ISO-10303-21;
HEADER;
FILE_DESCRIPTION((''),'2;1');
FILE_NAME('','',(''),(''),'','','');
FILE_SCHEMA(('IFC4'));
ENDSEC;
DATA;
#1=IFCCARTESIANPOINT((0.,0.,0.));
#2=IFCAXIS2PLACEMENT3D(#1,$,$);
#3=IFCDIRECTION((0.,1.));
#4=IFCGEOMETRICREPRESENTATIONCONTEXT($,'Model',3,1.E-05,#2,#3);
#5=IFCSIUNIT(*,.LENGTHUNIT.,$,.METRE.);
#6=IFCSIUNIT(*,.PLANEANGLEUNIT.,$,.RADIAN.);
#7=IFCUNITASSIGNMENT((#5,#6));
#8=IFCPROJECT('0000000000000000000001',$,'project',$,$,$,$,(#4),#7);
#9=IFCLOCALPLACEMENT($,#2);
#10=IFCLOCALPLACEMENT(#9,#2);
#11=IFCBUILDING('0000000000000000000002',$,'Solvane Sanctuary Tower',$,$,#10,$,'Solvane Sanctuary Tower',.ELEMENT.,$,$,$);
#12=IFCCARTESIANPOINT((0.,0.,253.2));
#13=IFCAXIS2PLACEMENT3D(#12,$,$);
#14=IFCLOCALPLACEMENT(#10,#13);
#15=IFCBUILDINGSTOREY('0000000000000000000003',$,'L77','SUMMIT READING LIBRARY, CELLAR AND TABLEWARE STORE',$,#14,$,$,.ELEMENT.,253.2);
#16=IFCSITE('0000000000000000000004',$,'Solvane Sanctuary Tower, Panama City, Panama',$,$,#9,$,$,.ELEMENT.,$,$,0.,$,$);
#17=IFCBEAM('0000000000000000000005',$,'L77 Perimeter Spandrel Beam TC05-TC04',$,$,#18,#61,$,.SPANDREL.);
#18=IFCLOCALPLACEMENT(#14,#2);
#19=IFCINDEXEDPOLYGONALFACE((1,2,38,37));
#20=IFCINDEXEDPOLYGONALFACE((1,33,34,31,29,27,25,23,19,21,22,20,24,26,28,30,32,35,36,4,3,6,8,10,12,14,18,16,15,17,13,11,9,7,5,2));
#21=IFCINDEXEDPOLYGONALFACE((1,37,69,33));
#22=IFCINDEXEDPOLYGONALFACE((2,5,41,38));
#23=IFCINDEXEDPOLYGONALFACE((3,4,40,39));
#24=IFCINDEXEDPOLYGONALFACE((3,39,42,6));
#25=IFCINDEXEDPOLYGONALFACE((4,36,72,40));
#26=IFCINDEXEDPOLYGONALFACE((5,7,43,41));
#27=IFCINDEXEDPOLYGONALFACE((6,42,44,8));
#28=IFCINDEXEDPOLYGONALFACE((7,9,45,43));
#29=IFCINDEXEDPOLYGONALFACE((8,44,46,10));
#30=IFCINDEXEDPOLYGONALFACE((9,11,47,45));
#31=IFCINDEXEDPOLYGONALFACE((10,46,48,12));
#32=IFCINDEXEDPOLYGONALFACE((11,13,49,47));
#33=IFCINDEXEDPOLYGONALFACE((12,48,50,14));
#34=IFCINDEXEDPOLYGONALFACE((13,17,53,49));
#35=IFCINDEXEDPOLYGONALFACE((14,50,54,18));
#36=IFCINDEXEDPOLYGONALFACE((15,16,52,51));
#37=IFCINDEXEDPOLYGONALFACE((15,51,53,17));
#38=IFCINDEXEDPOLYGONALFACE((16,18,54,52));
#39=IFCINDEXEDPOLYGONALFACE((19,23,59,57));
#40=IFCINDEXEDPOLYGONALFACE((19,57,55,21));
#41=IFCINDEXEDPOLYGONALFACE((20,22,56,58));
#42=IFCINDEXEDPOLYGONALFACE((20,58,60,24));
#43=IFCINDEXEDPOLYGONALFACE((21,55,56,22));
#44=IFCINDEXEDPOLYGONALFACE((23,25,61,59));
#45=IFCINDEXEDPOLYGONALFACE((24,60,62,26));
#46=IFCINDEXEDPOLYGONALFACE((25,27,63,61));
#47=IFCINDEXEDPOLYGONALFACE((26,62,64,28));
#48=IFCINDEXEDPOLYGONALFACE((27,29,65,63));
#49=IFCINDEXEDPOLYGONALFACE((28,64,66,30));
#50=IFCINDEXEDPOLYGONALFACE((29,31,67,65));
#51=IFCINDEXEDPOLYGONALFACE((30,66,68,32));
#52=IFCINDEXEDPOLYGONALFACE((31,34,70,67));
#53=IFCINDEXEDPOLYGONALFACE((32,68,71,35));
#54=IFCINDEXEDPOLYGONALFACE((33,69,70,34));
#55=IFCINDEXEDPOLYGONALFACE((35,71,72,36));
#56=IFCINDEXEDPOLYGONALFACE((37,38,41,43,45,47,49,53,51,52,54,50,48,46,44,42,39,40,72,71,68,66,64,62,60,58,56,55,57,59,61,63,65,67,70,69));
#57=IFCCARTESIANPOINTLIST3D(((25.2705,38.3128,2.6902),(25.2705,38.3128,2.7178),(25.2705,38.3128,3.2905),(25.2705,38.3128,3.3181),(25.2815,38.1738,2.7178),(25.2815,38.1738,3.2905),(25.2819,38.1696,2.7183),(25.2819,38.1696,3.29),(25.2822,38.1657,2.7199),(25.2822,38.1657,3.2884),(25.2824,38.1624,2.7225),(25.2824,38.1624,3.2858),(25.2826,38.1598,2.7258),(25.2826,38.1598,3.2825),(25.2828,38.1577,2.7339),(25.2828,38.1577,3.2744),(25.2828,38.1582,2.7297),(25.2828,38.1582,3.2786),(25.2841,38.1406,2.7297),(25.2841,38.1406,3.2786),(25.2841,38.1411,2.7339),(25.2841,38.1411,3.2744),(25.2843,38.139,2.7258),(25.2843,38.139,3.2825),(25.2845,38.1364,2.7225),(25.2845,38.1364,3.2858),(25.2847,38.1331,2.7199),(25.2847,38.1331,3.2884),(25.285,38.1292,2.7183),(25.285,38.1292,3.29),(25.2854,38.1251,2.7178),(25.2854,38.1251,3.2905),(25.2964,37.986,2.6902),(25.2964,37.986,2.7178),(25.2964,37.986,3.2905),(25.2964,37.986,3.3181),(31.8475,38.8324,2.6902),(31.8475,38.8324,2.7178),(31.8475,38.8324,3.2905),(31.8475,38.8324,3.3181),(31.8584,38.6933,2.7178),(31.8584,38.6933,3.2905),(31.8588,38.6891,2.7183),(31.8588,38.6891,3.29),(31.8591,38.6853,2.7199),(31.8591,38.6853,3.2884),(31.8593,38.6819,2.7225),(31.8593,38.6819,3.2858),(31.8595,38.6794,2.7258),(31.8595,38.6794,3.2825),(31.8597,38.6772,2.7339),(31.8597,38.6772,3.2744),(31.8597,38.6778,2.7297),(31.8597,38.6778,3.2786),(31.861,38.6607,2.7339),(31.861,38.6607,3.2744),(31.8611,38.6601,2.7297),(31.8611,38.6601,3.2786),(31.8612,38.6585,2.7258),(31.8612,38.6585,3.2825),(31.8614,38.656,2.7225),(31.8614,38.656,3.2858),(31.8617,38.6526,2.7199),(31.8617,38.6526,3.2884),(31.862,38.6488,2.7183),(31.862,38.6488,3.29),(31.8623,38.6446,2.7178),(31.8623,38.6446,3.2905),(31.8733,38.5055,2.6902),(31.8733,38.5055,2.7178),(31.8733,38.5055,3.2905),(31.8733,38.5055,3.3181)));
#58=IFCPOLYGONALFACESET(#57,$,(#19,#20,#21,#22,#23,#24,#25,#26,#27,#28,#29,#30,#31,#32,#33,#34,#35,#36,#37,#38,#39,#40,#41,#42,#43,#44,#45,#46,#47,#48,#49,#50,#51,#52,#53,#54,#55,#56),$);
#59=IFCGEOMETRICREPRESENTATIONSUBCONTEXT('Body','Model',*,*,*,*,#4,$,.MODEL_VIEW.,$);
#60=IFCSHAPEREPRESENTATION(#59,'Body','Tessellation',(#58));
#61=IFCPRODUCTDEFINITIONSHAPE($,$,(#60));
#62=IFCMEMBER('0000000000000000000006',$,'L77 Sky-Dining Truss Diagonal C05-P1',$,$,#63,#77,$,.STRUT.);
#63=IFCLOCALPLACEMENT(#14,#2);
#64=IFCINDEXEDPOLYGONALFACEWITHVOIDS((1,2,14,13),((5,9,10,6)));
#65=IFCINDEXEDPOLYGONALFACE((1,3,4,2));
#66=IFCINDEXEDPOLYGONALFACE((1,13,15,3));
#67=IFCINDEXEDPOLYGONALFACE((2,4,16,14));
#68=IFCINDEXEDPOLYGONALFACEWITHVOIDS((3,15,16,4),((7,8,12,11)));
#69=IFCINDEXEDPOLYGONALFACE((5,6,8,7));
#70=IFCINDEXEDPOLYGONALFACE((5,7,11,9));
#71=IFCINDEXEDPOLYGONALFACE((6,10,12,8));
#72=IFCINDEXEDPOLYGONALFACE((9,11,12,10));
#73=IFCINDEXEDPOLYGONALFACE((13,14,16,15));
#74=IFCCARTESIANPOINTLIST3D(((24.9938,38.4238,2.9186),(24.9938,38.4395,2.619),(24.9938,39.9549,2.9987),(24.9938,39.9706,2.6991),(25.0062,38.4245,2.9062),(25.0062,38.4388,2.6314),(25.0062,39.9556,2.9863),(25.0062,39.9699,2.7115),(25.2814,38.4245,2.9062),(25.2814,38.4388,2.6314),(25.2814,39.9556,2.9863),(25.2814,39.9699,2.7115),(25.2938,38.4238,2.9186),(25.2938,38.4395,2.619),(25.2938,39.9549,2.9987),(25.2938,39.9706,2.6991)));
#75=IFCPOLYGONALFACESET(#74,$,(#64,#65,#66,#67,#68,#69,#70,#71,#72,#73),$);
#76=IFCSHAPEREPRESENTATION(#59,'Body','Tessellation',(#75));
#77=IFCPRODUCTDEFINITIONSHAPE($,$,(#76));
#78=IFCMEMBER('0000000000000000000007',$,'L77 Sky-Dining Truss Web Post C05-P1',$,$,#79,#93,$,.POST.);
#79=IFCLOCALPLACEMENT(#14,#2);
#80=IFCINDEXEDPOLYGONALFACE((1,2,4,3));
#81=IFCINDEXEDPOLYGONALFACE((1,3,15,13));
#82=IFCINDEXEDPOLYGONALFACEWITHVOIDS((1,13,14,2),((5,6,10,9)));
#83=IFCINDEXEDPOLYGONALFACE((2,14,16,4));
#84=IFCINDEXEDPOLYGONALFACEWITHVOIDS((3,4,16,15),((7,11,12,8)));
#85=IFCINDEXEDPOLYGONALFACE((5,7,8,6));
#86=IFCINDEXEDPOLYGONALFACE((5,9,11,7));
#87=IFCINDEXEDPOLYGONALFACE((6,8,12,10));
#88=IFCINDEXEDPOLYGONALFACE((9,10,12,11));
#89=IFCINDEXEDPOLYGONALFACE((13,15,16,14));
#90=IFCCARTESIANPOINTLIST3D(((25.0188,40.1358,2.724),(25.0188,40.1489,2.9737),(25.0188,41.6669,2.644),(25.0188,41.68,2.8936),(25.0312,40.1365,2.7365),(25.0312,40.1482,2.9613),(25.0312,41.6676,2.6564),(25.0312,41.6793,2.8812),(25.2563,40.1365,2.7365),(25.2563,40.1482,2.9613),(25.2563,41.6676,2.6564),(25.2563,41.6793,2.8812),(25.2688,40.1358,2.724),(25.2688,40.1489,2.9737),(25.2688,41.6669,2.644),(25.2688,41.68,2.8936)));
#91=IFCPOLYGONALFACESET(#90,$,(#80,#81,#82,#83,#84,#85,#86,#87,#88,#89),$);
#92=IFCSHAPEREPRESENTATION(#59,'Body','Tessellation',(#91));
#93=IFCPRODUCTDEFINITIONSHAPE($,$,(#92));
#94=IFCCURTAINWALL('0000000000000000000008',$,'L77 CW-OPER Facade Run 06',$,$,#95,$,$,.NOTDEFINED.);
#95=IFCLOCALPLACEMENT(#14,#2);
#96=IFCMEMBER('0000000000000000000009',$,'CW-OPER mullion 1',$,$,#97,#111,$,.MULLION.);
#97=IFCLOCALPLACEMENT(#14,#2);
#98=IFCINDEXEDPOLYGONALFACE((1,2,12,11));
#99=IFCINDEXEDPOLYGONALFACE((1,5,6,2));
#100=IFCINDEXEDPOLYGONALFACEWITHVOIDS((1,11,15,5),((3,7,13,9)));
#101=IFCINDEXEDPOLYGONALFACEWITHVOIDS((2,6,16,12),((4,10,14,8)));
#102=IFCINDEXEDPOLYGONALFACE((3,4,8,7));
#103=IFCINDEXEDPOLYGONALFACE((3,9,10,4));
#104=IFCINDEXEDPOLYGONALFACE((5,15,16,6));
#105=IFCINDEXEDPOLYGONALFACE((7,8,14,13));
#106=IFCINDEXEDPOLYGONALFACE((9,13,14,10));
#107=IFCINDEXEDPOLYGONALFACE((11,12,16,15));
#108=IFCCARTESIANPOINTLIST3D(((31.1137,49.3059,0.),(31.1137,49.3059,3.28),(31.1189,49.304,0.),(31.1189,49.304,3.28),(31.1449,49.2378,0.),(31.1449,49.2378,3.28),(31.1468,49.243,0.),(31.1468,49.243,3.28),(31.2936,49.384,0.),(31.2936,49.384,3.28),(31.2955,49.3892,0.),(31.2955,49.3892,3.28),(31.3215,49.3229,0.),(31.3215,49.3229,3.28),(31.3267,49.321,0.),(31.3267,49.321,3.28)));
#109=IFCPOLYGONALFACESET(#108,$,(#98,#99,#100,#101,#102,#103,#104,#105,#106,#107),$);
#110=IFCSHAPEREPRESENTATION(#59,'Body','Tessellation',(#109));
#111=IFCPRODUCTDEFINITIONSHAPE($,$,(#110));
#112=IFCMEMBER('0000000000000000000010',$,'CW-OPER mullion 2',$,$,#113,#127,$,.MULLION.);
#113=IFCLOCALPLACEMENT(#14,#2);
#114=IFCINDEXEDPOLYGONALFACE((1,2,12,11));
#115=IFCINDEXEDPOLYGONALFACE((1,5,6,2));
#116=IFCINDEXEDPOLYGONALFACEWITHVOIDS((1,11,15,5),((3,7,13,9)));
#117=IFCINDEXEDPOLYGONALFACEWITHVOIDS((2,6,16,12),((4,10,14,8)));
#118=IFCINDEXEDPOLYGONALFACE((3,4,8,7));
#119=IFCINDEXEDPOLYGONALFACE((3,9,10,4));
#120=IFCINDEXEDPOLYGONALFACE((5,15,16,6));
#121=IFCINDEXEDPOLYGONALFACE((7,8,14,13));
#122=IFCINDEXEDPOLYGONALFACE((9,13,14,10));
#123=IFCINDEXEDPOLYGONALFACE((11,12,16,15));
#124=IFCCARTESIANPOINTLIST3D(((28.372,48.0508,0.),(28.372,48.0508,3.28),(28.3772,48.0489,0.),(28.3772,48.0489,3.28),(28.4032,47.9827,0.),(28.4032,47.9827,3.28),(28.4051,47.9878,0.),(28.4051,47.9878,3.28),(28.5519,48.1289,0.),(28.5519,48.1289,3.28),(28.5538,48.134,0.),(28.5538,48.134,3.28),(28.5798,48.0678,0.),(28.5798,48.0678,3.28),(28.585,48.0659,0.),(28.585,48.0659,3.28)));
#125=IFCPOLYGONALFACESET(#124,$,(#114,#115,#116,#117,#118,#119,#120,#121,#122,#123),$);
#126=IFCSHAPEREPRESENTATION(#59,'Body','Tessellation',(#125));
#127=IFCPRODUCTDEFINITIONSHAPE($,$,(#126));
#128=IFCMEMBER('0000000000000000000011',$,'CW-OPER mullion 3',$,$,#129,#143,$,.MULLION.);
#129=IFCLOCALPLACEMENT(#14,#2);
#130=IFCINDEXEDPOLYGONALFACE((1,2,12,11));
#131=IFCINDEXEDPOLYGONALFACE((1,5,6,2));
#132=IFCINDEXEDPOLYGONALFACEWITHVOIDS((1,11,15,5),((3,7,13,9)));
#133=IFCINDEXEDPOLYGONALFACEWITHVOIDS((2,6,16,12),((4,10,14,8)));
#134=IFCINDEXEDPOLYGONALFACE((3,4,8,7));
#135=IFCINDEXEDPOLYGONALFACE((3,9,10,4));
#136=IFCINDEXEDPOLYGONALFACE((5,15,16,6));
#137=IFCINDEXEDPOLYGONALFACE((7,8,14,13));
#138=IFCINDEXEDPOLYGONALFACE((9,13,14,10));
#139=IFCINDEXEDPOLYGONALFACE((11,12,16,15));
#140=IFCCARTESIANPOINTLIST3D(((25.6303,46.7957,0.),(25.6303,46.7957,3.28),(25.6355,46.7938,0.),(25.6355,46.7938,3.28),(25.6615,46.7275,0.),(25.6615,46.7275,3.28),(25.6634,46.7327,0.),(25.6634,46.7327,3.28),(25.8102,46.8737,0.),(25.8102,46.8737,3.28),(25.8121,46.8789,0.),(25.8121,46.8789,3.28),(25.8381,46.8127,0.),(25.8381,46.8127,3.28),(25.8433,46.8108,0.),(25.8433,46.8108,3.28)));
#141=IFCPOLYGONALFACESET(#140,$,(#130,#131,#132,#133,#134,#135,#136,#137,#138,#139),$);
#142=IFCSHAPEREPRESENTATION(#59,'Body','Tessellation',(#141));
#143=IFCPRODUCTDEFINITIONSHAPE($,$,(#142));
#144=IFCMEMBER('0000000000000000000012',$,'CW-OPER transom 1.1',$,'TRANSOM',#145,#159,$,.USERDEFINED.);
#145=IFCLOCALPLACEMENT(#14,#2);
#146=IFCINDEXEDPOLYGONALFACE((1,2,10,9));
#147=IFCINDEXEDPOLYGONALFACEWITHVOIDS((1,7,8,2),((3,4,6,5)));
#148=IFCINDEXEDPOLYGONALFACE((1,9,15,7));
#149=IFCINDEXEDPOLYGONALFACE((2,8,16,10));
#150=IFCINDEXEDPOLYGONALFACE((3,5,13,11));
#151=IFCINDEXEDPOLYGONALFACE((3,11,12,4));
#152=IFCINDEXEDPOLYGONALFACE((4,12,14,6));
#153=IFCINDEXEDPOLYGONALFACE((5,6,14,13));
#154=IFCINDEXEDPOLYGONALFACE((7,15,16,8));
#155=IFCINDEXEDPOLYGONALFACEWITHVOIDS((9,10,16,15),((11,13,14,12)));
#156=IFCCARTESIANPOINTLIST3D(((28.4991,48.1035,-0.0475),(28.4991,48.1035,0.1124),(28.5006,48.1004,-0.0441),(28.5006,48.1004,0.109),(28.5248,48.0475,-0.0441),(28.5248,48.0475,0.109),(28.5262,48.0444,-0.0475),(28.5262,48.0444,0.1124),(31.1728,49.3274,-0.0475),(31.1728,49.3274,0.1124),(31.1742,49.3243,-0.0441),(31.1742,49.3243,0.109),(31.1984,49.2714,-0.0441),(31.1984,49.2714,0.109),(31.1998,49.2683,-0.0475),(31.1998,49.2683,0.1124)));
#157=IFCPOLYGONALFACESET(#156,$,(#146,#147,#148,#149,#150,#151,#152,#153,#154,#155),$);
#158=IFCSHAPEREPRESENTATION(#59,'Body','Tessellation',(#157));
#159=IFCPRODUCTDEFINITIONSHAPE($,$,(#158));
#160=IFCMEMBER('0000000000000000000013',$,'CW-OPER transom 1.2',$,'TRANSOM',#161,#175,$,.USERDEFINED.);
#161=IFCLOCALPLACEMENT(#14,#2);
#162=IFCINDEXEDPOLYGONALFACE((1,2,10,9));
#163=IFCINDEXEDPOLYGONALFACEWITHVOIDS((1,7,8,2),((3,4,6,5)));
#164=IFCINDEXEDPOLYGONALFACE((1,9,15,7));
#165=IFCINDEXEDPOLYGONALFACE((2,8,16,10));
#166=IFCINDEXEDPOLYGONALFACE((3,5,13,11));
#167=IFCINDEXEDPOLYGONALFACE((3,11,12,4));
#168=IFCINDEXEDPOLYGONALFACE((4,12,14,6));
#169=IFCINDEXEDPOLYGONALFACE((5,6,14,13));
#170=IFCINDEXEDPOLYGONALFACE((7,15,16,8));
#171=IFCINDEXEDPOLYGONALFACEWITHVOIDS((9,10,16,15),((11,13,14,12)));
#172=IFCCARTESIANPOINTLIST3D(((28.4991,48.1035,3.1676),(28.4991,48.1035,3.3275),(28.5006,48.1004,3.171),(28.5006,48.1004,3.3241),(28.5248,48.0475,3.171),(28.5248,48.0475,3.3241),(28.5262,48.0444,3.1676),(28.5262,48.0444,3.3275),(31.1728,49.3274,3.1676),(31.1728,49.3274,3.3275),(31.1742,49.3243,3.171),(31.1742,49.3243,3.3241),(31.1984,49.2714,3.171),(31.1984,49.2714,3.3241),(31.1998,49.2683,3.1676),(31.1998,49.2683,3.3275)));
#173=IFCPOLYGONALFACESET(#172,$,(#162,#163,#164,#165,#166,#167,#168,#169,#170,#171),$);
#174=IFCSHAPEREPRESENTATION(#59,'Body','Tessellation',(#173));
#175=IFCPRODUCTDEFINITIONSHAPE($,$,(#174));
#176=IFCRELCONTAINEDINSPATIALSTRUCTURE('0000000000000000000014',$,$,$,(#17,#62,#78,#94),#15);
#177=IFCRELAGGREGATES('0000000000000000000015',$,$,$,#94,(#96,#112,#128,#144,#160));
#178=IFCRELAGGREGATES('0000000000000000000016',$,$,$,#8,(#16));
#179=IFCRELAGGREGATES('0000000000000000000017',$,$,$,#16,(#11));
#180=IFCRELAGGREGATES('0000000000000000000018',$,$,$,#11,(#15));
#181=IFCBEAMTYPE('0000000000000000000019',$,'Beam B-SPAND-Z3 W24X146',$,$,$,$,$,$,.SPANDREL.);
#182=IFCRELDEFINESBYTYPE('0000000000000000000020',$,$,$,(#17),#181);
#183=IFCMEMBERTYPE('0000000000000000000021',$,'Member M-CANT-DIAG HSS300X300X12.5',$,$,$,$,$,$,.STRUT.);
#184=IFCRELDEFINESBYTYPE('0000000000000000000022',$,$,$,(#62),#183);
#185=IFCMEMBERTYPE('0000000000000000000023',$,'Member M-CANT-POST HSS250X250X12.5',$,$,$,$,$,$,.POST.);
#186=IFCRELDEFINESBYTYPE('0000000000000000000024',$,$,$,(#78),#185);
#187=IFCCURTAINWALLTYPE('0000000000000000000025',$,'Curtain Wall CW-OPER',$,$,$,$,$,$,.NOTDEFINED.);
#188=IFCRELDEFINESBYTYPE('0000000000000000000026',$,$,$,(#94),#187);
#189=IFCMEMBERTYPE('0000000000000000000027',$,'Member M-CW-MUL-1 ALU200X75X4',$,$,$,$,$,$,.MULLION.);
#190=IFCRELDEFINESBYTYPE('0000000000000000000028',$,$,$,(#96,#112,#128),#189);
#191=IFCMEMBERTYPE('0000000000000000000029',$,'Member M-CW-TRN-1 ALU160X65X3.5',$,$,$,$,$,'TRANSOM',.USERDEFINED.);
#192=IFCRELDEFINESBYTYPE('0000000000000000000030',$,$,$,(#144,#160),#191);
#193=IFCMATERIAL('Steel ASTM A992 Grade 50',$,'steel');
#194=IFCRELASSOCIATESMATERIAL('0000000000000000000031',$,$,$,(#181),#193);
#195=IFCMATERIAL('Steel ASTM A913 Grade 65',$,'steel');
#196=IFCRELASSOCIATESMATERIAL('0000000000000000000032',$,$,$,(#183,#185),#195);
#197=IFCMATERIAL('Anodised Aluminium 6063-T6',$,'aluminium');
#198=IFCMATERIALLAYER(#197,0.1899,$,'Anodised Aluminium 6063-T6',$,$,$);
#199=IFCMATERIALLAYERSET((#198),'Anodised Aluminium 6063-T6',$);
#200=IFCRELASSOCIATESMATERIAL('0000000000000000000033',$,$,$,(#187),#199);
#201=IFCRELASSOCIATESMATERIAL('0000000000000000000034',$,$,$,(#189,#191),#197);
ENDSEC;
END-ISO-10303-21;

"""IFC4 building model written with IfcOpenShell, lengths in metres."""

from ifc_helpers import new_model, si_unit, direction, frame, origin, origin_2d, place, context, subcontext, project, spatial, hollow_rectangle, i_section, extrude, material, layer, layer_set, material_profile, profile_set, type_object, element, aggregate, save


model = new_model("IFC4")

# Units and contexts
model_context = context("Model", 3, precision=1e-05, world=origin(), true_north=direction((0.0, 1.0)))
body_context = subcontext(model_context, "Body", "Model", "MODEL_VIEW")
ifc_project = project(units=[si_unit("LENGTHUNIT", "METRE"), si_unit("PLANEANGLEUNIT", "RADIAN")], contexts=[model_context])

# Site, building, storey
site_placement = place(None, origin())
site = spatial("IfcSite", under=ifc_project, at=site_placement, Name="Solvane Sanctuary Tower, Panama City, Panama", CompositionType="ELEMENT", RefElevation=0.0)
building_placement = place(site_placement, origin())
building = spatial("IfcBuilding", under=site, at=building_placement, Name="Solvane Sanctuary Tower", LongName="Solvane Sanctuary Tower", CompositionType="ELEMENT")
storey_placement = place(building_placement, frame((0.0, 0.0, 253.2)))
storey = spatial("IfcBuildingStorey", under=building, at=storey_placement, Name="L77", Description="SUMMIT READING LIBRARY, CELLAR AND TABLEWARE STORE", CompositionType="ELEMENT", Elevation=253.2)

# Beam
ifc_material_1 = material(Name="Steel ASTM A913 Grade 65", Category="steel")
ifc_material_2 = material(Name="Steel ASTM A992 Grade 50", Category="steel")
ifc_material_profile_1 = material_profile(ifc_material_2, i_section(OverallWidth=0.3279, OverallDepth=0.6279, WebThickness=0.0166, FlangeThickness=0.0276, FilletRadius=0.0161, at=origin_2d()), Name="W24X146")
ifc_profile_set_1 = profile_set([ifc_material_profile_1], Name="Steel ASTM A992 Grade 50")
beam_type_1 = type_object("IfcBeamType", Name="Beam B-SPAND-Z3 W24X146", PredefinedType="SPANDREL", material=ifc_profile_set_1)
beam_1_placement = place(storey_placement, frame((25.2834, 38.1494, 3.0042), z_axis=(0.996895, 0.078748, 0.0), x_axis=(-0.078748, 0.996895, 0.0)))
element("IfcBeam", 1, at=beam_1_placement, inside=storey, type_object=beam_type_1, Name="L77 Perimeter Spandrel Beam TC05-TC04", PredefinedType="SPANDREL", context=body_context, shape_type="SweptSolid", body=[
    extrude(i_section(OverallWidth=0.3279, OverallDepth=0.6279, WebThickness=0.0166, FlangeThickness=0.0276, FilletRadius=0.0161, at=origin_2d()), origin(), (0.0, 0.0, 1.0), 6.5974),
])

# Members
ifc_material_profile_2 = material_profile(ifc_material_1, hollow_rectangle(XDim=0.3, YDim=0.3, WallThickness=0.0125, at=origin_2d()), Name="HSS300X300X12.5")
ifc_profile_set_2 = profile_set([ifc_material_profile_2], Name="Steel ASTM A913 Grade 65")
member_type_1 = type_object("IfcMemberType", Name="Member M-CANT-DIAG HSS300X300X12.5", PredefinedType="STRUT", material=ifc_profile_set_2)
member_1_placement = place(storey_placement, frame((25.1438, 38.4316, 2.7688), z_axis=(0.0, 0.998635, 0.052233), x_axis=(-1.0, 0.0, 0.0)))
element("IfcMember", 2, at=member_1_placement, inside=storey, type_object=member_type_1, Name="L77 Sky-Dining Truss Diagonal C05-P1", PredefinedType="STRUT", context=body_context, shape_type="SweptSolid", body=[
    extrude(hollow_rectangle(XDim=0.3, YDim=0.3, WallThickness=0.0125, at=origin_2d()), origin(), (0.0, 0.0, 1.0), 1.5332),
])
ifc_material_profile_3 = material_profile(ifc_material_1, hollow_rectangle(XDim=0.25, YDim=0.25, WallThickness=0.0125, at=origin_2d()), Name="HSS250X250X12.5")
ifc_profile_set_3 = profile_set([ifc_material_profile_3], Name="Steel ASTM A913 Grade 65")
member_type_2 = type_object("IfcMemberType", Name="Member M-CANT-POST HSS250X250X12.5", PredefinedType="POST", material=ifc_profile_set_3)
member_2_placement = place(storey_placement, frame((25.1438, 40.1423, 2.8489), z_axis=(0.0, 0.998635, -0.052233), x_axis=(-1.0, 0.0, 0.0)))
element("IfcMember", 3, at=member_2_placement, inside=storey, type_object=member_type_2, Name="L77 Sky-Dining Truss Web Post C05-P1", PredefinedType="POST", context=body_context, shape_type="SweptSolid", body=[
    extrude(hollow_rectangle(XDim=0.25, YDim=0.25, WallThickness=0.0125, at=origin_2d()), origin(), (0.0, 0.0, 1.0), 1.5332),
])

# Curtain wall, members
ifc_material_3 = material(Name="Anodised Aluminium 6063-T6", Category="aluminium")
ifc_layer_1 = layer(ifc_material_3, 0.1899, Name="Anodised Aluminium 6063-T6")
ifc_layer_set_1 = layer_set([ifc_layer_1], Name="Anodised Aluminium 6063-T6")
curtain_wall_type = type_object("IfcCurtainWallType", Name="Curtain Wall CW-OPER", PredefinedType="NOTDEFINED", material=ifc_layer_set_1)
curtain_wall_placement = place(storey_placement, origin())
curtain_wall = element("IfcCurtainWall", 4, at=curtain_wall_placement, inside=storey, type_object=curtain_wall_type, Name="L77 CW-OPER Facade Run 06", PredefinedType="NOTDEFINED")
ifc_material_profile_4 = material_profile(ifc_material_3, hollow_rectangle(XDim=0.075, YDim=0.2, WallThickness=0.0039, at=origin_2d()), Name="ALU200X75X4")
ifc_profile_set_4 = profile_set([ifc_material_profile_4], Name="Anodised Aluminium 6063-T6")
member_type_3 = type_object("IfcMemberType", Name="Member M-CW-MUL-1 ALU200X75X4", PredefinedType="MULLION", material=ifc_profile_set_4)
member_3_placement = place(storey_placement, frame((31.2202, 49.3135, 0.0), z_axis=(0.0, 0.0, 1.0), x_axis=(0.416225, -0.909262, 0.0)))
member_3 = element("IfcMember", 5, at=member_3_placement, type_object=member_type_3, Name="CW-OPER mullion 1", PredefinedType="MULLION", context=body_context, shape_type="SweptSolid", body=[
    extrude(hollow_rectangle(XDim=0.075, YDim=0.2, WallThickness=0.0039, at=origin_2d()), origin(), (0.0, 0.0, 1.0), 3.28),
])
member_4_placement = place(storey_placement, frame((28.4785, 48.0583, 0.0), z_axis=(0.0, 0.0, 1.0), x_axis=(0.416225, -0.909262, 0.0)))
member_4 = element("IfcMember", 6, at=member_4_placement, type_object=member_type_3, Name="CW-OPER mullion 2", PredefinedType="MULLION", context=body_context, shape_type="SweptSolid", body=[
    extrude(hollow_rectangle(XDim=0.075, YDim=0.2, WallThickness=0.0039, at=origin_2d()), origin(), (0.0, 0.0, 1.0), 3.28),
])
member_5_placement = place(storey_placement, frame((25.7368, 46.8032, 0.0), z_axis=(0.0, 0.0, 1.0), x_axis=(0.416225, -0.909262, 0.0)))
member_5 = element("IfcMember", 7, at=member_5_placement, type_object=member_type_3, Name="CW-OPER mullion 3", PredefinedType="MULLION", context=body_context, shape_type="SweptSolid", body=[
    extrude(hollow_rectangle(XDim=0.075, YDim=0.2, WallThickness=0.0039, at=origin_2d()), origin(), (0.0, 0.0, 1.0), 3.28),
])
ifc_material_profile_5 = material_profile(ifc_material_3, hollow_rectangle(XDim=0.0649, YDim=0.1599, WallThickness=0.0034, at=origin_2d()), Name="ALU160X65X3.5")
ifc_profile_set_5 = profile_set([ifc_material_profile_5], Name="Anodised Aluminium 6063-T6")
member_type_4 = type_object("IfcMemberType", Name="Member M-CW-TRN-1 ALU160X65X3.5", ElementType="TRANSOM", PredefinedType="USERDEFINED", material=ifc_profile_set_5)
member_6_placement = place(storey_placement, frame((31.1863, 49.2979, 0.0325), z_axis=(-0.90926, -0.416229, 0.0), x_axis=(0.416229, -0.90926, 0.0)))
member_6 = element("IfcMember", 8, at=member_6_placement, type_object=member_type_4, Name="CW-OPER transom 1.1", ObjectType="TRANSOM", PredefinedType="USERDEFINED", context=body_context, shape_type="SweptSolid", body=[
    extrude(hollow_rectangle(XDim=0.0649, YDim=0.1599, WallThickness=0.0034, at=origin_2d()), origin(), (0.0, 0.0, 1.0), 2.9404),
])
member_7_placement = place(storey_placement, frame((31.1863, 49.2979, 3.2476), z_axis=(-0.90926, -0.416229, 0.0), x_axis=(0.416229, -0.90926, 0.0)))
member_7 = element("IfcMember", 9, at=member_7_placement, type_object=member_type_4, Name="CW-OPER transom 1.2", ObjectType="TRANSOM", PredefinedType="USERDEFINED", context=body_context, shape_type="SweptSolid", body=[
    extrude(hollow_rectangle(XDim=0.0649, YDim=0.1599, WallThickness=0.0034, at=origin_2d()), origin(), (0.0, 0.0, 1.0), 2.9404),
])
aggregate(curtain_wall, [member_3, member_4, member_5, member_6, member_7])

save(model, "model.ifc")
